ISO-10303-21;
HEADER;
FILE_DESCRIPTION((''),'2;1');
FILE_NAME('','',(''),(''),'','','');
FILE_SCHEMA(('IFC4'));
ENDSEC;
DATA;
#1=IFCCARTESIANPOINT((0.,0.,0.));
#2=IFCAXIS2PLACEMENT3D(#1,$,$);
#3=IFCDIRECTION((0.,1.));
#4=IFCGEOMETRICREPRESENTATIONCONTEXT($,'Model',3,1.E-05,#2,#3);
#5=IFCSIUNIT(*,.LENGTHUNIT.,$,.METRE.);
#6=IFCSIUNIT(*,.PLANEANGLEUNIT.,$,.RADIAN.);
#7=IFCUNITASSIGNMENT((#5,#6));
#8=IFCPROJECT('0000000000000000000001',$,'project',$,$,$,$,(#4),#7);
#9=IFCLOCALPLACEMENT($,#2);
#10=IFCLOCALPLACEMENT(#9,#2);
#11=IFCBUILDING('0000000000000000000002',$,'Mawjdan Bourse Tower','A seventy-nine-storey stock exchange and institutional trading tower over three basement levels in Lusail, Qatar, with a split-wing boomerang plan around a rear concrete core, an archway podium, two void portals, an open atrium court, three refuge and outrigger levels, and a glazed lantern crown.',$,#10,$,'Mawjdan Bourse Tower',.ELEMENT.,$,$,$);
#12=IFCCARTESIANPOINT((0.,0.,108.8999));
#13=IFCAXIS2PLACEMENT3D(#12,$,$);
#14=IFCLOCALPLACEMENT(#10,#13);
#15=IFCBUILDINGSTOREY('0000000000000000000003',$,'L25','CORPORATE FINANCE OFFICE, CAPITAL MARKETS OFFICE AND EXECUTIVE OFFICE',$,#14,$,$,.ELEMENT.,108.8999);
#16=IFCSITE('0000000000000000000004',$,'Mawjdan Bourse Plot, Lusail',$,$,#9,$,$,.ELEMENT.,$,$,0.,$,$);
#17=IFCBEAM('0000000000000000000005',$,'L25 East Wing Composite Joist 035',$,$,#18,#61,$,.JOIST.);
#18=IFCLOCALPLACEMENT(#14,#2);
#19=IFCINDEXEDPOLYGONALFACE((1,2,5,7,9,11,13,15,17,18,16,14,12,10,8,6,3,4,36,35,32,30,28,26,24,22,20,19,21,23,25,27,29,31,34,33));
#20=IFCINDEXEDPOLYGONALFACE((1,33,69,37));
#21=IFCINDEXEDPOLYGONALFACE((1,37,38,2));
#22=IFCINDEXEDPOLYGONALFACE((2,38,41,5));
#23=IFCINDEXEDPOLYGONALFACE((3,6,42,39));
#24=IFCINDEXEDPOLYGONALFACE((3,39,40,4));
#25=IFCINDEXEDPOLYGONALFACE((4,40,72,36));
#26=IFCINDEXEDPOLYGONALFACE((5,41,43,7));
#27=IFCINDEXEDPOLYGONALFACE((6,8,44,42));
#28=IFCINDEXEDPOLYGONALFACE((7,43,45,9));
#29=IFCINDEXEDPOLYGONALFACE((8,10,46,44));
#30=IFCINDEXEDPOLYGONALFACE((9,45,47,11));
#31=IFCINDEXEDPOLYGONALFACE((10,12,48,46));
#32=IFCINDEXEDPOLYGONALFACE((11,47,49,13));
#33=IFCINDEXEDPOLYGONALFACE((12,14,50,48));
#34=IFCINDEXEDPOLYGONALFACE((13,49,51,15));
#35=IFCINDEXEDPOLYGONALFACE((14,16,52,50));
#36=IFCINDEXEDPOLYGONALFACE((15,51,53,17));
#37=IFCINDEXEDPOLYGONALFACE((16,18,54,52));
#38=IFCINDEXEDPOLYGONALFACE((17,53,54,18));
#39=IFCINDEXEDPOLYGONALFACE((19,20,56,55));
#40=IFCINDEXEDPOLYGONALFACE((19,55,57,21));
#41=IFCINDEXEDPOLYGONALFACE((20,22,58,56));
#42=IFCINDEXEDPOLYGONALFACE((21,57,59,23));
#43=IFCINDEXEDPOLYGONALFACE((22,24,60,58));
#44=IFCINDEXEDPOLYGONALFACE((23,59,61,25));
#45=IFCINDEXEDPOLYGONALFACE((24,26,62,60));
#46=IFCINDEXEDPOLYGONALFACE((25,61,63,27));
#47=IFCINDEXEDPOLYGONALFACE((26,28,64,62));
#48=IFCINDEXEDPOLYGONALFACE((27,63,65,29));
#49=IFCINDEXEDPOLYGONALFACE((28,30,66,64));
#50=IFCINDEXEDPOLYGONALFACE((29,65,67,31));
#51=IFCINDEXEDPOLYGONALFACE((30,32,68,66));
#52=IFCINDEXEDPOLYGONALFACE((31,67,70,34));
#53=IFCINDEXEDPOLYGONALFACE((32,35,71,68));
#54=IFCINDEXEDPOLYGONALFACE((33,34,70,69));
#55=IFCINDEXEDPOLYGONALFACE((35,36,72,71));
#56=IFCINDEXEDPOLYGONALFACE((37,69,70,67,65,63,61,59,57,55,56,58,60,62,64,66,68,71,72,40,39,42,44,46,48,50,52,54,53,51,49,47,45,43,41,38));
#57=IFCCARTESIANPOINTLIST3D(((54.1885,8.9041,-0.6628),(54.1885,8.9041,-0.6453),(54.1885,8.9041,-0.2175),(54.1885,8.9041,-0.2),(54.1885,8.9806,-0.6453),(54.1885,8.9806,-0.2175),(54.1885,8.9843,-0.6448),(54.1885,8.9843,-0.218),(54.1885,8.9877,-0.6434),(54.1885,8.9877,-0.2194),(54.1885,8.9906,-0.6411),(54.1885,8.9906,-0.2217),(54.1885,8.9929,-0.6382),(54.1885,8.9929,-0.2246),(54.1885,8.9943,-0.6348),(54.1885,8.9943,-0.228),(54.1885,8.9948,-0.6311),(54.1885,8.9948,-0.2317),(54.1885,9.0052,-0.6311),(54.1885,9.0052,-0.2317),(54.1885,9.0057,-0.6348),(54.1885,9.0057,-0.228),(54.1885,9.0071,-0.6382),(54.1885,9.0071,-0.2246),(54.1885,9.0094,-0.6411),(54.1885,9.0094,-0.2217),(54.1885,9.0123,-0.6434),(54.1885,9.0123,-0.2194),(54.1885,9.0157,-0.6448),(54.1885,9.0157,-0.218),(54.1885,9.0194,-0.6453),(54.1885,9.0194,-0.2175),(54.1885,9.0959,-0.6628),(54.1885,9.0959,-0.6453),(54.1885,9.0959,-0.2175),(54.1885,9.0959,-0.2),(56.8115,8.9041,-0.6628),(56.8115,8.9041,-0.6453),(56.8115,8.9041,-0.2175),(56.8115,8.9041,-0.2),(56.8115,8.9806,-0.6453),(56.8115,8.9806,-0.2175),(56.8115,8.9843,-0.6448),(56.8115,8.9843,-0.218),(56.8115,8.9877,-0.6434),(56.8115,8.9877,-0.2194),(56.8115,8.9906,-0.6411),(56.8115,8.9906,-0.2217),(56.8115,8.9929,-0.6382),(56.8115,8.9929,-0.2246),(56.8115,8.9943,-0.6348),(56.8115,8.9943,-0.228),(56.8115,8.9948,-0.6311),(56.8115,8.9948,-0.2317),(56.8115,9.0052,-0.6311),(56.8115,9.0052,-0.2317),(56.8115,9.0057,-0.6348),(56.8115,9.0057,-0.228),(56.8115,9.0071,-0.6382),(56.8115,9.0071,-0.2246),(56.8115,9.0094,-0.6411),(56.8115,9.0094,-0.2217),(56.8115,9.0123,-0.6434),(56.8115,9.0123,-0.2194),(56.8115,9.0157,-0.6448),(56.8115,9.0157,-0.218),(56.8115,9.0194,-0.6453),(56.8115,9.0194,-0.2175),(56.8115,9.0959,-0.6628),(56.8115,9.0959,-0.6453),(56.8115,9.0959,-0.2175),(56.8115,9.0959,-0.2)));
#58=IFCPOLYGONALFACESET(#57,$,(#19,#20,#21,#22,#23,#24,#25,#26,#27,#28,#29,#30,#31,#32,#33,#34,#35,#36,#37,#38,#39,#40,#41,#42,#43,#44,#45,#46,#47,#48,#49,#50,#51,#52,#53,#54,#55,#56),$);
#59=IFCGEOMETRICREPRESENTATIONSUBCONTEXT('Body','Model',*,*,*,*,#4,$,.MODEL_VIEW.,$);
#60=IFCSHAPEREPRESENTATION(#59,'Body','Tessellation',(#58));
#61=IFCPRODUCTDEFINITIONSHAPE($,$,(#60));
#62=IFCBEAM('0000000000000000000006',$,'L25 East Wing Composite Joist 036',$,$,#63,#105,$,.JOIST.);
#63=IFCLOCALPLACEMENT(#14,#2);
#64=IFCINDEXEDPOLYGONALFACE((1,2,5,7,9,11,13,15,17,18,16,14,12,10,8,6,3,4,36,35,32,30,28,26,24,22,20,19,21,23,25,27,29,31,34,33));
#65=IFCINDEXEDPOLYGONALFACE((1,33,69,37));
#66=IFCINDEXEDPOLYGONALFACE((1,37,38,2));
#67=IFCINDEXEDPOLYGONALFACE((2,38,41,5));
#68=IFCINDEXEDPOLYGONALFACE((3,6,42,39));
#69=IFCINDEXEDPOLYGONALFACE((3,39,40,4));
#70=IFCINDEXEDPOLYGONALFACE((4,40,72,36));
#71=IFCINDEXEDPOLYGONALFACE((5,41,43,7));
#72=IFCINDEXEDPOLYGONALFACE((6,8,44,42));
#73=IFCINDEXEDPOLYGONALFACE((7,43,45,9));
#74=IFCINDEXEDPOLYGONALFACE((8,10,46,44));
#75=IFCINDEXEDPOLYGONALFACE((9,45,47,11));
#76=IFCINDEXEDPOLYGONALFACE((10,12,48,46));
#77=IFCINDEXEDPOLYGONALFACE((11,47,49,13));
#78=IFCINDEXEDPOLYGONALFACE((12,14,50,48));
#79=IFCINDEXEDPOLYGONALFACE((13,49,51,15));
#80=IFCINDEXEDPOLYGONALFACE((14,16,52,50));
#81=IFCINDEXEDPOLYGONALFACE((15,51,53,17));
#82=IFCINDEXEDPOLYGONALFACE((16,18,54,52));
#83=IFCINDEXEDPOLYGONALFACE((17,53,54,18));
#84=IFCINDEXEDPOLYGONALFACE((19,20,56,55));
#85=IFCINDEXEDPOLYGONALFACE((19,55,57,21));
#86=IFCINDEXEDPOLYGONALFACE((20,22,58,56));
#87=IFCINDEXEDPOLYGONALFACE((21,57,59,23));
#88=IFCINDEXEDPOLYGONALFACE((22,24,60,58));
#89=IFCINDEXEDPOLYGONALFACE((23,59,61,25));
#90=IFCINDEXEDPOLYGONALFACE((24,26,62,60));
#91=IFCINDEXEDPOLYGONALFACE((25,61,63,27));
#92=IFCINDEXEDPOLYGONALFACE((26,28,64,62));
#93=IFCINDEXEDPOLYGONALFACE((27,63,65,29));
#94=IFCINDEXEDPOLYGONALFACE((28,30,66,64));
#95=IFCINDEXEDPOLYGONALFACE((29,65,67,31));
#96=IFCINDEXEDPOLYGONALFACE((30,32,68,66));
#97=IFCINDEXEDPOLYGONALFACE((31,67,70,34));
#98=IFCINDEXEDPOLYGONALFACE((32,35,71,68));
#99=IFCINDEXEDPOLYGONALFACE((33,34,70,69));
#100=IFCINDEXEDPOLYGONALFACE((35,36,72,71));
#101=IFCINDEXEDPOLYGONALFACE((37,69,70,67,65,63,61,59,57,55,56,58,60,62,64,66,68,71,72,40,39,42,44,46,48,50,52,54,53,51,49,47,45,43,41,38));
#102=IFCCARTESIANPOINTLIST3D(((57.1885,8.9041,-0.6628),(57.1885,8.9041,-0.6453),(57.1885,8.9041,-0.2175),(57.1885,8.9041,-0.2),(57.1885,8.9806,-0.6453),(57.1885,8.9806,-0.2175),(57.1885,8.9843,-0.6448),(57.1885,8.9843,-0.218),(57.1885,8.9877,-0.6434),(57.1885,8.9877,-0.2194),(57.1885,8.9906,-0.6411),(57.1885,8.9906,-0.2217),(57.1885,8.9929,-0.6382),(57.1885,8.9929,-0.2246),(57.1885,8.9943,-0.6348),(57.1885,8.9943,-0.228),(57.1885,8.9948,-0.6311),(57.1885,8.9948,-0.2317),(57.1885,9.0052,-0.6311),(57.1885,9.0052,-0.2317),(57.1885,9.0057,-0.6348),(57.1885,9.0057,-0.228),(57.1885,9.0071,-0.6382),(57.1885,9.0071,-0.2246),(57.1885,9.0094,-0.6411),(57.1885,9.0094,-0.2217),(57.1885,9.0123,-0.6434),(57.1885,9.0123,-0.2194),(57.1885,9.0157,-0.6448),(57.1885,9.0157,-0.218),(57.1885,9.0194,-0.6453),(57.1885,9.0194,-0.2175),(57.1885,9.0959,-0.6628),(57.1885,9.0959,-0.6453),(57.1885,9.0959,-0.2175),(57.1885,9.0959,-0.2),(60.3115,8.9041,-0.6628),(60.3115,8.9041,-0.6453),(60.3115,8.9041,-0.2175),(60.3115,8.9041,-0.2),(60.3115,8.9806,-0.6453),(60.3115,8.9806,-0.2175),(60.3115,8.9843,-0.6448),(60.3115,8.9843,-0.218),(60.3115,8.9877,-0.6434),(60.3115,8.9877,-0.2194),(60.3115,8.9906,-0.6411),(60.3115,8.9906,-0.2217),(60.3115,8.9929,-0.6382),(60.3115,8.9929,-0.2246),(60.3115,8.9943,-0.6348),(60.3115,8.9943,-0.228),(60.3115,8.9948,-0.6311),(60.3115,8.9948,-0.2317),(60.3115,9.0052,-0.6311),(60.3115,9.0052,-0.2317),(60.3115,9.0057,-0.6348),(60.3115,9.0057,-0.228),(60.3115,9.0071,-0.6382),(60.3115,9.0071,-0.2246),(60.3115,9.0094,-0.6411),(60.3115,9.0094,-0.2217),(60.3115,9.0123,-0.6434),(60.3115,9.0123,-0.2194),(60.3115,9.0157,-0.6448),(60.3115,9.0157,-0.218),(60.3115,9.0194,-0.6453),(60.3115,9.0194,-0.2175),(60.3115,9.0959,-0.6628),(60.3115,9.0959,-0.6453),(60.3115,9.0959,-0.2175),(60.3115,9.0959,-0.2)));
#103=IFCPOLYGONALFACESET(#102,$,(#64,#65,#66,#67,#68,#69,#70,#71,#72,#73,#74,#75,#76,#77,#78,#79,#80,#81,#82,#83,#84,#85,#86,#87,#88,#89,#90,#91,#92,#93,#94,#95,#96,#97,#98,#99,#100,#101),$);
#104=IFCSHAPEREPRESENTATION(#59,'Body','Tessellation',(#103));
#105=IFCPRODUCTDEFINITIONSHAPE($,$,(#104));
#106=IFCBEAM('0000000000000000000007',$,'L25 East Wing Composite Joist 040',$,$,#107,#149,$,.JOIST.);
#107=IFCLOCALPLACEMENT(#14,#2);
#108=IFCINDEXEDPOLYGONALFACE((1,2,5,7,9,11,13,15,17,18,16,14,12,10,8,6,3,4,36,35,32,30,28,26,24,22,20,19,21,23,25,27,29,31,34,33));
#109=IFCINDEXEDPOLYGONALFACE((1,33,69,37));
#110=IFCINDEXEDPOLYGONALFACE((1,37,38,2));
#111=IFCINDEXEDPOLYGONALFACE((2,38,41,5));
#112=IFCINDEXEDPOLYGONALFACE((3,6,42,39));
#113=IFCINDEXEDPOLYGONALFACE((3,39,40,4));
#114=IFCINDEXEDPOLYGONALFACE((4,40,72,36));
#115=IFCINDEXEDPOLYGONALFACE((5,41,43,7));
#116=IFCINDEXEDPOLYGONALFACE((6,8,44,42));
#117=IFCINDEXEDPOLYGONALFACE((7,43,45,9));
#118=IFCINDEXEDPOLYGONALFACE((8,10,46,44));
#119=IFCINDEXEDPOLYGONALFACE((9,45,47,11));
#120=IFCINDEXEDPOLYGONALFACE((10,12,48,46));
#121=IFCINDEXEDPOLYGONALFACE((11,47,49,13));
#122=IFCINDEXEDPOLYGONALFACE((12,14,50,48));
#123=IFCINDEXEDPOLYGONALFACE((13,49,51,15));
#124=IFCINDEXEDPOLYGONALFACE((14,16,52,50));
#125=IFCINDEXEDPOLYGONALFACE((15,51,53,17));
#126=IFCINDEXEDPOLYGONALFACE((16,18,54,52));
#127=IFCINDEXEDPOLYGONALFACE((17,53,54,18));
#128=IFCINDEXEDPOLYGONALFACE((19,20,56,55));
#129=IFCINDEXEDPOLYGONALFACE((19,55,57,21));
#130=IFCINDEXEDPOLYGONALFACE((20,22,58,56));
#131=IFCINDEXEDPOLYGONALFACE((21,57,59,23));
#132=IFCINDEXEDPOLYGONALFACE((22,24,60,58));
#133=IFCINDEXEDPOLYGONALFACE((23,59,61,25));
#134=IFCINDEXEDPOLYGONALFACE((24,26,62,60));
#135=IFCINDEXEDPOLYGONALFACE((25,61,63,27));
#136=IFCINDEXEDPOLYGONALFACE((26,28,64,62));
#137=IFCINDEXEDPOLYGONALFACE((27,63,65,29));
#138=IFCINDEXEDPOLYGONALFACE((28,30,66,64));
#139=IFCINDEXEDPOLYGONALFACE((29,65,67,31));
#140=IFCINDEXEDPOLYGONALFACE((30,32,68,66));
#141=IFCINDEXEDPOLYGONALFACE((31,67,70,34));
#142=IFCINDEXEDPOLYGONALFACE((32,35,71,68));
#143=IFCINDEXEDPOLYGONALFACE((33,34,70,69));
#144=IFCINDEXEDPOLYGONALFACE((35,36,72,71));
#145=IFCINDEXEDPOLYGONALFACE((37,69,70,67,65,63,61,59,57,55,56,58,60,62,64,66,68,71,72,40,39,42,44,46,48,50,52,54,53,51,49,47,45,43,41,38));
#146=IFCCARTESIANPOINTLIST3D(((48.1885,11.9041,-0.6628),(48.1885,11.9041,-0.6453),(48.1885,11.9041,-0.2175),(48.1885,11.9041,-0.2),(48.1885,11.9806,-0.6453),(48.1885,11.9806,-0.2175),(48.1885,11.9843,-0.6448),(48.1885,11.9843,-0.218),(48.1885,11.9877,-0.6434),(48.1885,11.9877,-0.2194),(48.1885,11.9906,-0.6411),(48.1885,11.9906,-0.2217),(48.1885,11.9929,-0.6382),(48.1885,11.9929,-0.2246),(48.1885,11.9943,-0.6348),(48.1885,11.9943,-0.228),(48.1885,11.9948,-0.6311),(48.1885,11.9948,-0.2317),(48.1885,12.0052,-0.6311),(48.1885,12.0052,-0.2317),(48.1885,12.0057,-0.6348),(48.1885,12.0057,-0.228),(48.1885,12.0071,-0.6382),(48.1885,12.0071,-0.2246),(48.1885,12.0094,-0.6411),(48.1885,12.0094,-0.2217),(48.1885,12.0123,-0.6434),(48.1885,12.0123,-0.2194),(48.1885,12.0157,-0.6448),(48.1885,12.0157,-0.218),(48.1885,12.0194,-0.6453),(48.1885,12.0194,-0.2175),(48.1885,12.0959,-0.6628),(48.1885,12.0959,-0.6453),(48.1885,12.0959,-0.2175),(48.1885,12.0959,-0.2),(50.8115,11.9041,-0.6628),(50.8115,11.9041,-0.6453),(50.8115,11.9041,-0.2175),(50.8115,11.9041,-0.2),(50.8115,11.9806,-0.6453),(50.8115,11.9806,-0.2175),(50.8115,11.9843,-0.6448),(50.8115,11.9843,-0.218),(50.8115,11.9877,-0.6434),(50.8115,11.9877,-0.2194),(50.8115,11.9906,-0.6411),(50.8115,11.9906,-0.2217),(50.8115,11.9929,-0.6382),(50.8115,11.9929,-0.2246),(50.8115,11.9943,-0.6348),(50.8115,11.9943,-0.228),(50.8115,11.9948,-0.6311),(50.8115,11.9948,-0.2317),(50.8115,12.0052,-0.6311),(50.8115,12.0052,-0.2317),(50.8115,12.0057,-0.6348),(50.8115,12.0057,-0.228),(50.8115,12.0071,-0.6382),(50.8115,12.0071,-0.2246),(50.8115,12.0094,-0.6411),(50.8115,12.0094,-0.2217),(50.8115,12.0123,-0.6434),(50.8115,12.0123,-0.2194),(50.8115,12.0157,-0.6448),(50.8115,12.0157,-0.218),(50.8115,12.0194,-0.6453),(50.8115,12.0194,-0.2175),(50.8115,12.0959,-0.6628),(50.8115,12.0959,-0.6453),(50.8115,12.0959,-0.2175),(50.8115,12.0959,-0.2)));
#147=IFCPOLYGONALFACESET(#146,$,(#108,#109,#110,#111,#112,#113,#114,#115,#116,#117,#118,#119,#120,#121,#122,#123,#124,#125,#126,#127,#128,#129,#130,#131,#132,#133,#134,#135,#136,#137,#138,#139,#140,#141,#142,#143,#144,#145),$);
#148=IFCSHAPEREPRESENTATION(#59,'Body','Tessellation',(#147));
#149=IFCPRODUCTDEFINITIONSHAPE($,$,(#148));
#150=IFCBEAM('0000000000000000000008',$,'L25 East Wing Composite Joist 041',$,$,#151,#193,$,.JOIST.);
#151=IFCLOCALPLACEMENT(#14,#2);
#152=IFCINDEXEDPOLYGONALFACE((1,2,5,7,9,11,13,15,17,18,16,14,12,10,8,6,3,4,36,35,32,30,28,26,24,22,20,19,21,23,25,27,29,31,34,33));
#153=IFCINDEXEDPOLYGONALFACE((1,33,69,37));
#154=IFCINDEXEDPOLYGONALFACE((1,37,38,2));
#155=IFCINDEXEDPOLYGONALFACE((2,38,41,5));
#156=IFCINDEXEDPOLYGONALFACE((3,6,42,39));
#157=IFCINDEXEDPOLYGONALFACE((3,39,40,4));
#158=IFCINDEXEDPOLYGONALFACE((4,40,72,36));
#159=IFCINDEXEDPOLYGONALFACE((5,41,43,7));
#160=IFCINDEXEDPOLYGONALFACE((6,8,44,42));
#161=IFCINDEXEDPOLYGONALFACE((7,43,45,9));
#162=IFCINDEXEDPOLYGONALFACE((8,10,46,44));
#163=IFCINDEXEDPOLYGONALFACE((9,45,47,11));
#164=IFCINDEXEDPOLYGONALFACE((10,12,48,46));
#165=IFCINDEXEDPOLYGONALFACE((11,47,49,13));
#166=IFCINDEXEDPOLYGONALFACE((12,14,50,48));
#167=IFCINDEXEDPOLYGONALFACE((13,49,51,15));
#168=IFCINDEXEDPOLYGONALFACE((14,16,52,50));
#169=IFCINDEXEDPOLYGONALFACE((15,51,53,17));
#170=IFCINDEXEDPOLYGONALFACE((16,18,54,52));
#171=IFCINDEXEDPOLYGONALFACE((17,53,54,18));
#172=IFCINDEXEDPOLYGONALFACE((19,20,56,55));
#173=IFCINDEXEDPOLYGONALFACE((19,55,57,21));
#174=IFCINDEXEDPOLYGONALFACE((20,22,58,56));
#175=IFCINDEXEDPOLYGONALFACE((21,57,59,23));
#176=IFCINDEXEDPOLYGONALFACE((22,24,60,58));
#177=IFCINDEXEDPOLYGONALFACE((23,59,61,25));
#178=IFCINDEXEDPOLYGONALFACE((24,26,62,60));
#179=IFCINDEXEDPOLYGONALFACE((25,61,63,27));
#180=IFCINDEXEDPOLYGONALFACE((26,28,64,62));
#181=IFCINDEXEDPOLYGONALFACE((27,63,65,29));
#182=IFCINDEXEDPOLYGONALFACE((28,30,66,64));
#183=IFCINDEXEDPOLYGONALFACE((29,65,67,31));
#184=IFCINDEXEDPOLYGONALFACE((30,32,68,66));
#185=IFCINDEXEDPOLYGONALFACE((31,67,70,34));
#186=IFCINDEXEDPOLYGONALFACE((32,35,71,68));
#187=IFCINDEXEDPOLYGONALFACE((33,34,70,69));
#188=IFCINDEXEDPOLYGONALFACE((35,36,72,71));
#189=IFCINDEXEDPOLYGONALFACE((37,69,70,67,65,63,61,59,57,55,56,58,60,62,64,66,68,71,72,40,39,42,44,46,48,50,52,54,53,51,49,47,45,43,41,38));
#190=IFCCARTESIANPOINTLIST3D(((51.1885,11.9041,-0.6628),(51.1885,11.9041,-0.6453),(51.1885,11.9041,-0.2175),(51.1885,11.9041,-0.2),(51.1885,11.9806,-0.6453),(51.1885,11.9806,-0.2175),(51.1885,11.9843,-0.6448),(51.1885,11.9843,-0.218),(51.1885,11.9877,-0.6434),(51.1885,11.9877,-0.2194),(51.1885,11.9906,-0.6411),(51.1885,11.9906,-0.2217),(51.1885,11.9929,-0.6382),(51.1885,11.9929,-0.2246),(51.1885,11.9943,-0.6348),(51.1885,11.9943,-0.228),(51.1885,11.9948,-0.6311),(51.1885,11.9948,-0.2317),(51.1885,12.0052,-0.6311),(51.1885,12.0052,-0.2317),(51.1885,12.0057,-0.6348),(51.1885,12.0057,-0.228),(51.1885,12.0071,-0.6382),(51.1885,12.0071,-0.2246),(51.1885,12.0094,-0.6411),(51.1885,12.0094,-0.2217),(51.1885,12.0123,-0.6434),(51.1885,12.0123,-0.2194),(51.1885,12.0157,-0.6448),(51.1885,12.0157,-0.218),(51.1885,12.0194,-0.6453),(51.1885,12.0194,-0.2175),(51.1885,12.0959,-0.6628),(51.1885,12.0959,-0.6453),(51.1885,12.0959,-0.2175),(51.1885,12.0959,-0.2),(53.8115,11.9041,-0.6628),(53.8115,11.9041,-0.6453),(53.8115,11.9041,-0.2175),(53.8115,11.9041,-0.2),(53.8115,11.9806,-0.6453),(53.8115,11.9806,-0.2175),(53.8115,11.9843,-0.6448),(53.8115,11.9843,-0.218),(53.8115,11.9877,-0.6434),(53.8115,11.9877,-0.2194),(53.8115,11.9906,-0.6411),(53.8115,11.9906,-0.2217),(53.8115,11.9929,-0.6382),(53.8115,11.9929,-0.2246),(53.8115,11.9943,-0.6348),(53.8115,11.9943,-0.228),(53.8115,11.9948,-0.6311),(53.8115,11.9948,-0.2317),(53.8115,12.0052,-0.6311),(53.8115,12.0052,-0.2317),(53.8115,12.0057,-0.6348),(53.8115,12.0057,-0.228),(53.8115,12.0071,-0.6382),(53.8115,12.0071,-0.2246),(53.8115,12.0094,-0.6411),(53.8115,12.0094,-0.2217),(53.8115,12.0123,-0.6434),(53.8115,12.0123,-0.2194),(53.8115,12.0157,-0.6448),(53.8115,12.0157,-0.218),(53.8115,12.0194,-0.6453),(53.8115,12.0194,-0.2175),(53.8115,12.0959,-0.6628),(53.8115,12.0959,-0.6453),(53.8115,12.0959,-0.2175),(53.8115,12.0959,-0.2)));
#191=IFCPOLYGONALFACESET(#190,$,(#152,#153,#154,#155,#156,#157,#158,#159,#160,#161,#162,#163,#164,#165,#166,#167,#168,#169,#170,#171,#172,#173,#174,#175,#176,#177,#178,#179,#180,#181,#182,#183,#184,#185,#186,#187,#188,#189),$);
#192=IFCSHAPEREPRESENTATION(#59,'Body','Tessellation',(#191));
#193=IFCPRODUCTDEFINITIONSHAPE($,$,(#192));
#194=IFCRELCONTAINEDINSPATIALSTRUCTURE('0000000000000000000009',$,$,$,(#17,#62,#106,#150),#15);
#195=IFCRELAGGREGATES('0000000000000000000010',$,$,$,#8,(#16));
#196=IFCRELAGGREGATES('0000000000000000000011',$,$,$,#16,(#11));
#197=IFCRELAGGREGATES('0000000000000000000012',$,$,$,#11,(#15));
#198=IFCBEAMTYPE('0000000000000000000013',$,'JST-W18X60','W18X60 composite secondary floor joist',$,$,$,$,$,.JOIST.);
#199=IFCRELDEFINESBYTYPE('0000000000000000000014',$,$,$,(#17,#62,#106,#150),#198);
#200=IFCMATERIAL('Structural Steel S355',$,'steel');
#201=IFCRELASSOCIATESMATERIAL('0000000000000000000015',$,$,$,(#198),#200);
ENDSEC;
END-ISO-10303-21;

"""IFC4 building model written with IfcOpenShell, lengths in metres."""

from ifc_helpers import new_model, si_unit, direction, frame, origin, origin_2d, place, context, subcontext, project, spatial, i_section, extrude, material, material_profile, profile_set, type_object, element, save


model = new_model("IFC4")

# Units and contexts
model_context = context("Model", 3, precision=1e-05, world=origin(), true_north=direction((0.0, 1.0)))
body_context = subcontext(model_context, "Body", "Model", "MODEL_VIEW")
ifc_project = project(units=[si_unit("LENGTHUNIT", "METRE"), si_unit("PLANEANGLEUNIT", "RADIAN")], contexts=[model_context])

# Site, building, storey
site_placement = place(None, origin())
site = spatial("IfcSite", under=ifc_project, at=site_placement, Name="Mawjdan Bourse Plot, Lusail", CompositionType="ELEMENT", RefElevation=0.0)
building_placement = place(site_placement, origin())
building = spatial("IfcBuilding", under=site, at=building_placement, Name="Mawjdan Bourse Tower", Description="A seventy-nine-storey stock exchange and institutional trading tower over three basement levels in Lusail, Qatar, with a split-wing boomerang plan around a rear concrete core, an archway podium, two void portals, an open atrium court, three refuge and outrigger levels, and a glazed lantern crown.", LongName="Mawjdan Bourse Tower", CompositionType="ELEMENT")
storey_placement = place(building_placement, frame((0.0, 0.0, 108.8999)))
storey = spatial("IfcBuildingStorey", under=building, at=storey_placement, Name="L25", Description="CORPORATE FINANCE OFFICE, CAPITAL MARKETS OFFICE AND EXECUTIVE OFFICE", CompositionType="ELEMENT", Elevation=108.8999)

# Beams
ifc_material_1 = material(Name="Structural Steel S355", Category="steel")
ifc_material_profile_1 = material_profile(ifc_material_1, i_section(OverallWidth=0.1919, OverallDepth=0.4629, WebThickness=0.0105, FlangeThickness=0.0176, FilletRadius=0.0142, at=origin_2d()), Name="W18X60")
ifc_profile_set_1 = profile_set([ifc_material_profile_1], Name="Structural Steel S355")
beam_type_1 = type_object("IfcBeamType", Name="JST-W18X60", Description="W18X60 composite secondary floor joist", PredefinedType="JOIST", material=ifc_profile_set_1)
for number, where, z_axis, x_axis, name in (
    (1, (54.1885, 9.0, -0.4314), (1.0, 0.0, 0.0), (0.0, 1.0, 0.0), "L25 East Wing Composite Joist 035"),
):
    element("IfcBeam", number, at=place(storey_placement, frame(where, z_axis=z_axis, x_axis=x_axis)), inside=storey, type_object=beam_type_1, Name=name, PredefinedType="JOIST", context=body_context, shape_type="SweptSolid", body=[
        extrude(i_section(OverallWidth=0.1919, OverallDepth=0.4629, WebThickness=0.0105, FlangeThickness=0.0176, FilletRadius=0.0142, at=origin_2d()), origin(), (0.0, 0.0, 1.0), 2.623),
    ])
beam_1_placement = place(storey_placement, frame((57.1885, 9.0, -0.4314), z_axis=(1.0, 0.0, 0.0), x_axis=(0.0, 1.0, 0.0)))
element("IfcBeam", 2, at=beam_1_placement, inside=storey, type_object=beam_type_1, Name="L25 East Wing Composite Joist 036", PredefinedType="JOIST", context=body_context, shape_type="SweptSolid", body=[
    extrude(i_section(OverallWidth=0.1919, OverallDepth=0.4629, WebThickness=0.0105, FlangeThickness=0.0176, FilletRadius=0.0142, at=origin_2d()), origin(), (0.0, 0.0, 1.0), 3.123),
])
for number, where, z_axis, x_axis, name in (
    (3, (48.1885, 12.0, -0.4314), (1.0, 0.0, 0.0), (0.0, 1.0, 0.0), "L25 East Wing Composite Joist 040"),
    (4, (51.1885, 12.0, -0.4314), (1.0, 0.0, 0.0), (0.0, 1.0, 0.0), "L25 East Wing Composite Joist 041"),
):
    element("IfcBeam", number, at=place(storey_placement, frame(where, z_axis=z_axis, x_axis=x_axis)), inside=storey, type_object=beam_type_1, Name=name, PredefinedType="JOIST", context=body_context, shape_type="SweptSolid", body=[
        extrude(i_section(OverallWidth=0.1919, OverallDepth=0.4629, WebThickness=0.0105, FlangeThickness=0.0176, FilletRadius=0.0142, at=origin_2d()), origin(), (0.0, 0.0, 1.0), 2.623),
    ])

save(model, "model.ifc")
